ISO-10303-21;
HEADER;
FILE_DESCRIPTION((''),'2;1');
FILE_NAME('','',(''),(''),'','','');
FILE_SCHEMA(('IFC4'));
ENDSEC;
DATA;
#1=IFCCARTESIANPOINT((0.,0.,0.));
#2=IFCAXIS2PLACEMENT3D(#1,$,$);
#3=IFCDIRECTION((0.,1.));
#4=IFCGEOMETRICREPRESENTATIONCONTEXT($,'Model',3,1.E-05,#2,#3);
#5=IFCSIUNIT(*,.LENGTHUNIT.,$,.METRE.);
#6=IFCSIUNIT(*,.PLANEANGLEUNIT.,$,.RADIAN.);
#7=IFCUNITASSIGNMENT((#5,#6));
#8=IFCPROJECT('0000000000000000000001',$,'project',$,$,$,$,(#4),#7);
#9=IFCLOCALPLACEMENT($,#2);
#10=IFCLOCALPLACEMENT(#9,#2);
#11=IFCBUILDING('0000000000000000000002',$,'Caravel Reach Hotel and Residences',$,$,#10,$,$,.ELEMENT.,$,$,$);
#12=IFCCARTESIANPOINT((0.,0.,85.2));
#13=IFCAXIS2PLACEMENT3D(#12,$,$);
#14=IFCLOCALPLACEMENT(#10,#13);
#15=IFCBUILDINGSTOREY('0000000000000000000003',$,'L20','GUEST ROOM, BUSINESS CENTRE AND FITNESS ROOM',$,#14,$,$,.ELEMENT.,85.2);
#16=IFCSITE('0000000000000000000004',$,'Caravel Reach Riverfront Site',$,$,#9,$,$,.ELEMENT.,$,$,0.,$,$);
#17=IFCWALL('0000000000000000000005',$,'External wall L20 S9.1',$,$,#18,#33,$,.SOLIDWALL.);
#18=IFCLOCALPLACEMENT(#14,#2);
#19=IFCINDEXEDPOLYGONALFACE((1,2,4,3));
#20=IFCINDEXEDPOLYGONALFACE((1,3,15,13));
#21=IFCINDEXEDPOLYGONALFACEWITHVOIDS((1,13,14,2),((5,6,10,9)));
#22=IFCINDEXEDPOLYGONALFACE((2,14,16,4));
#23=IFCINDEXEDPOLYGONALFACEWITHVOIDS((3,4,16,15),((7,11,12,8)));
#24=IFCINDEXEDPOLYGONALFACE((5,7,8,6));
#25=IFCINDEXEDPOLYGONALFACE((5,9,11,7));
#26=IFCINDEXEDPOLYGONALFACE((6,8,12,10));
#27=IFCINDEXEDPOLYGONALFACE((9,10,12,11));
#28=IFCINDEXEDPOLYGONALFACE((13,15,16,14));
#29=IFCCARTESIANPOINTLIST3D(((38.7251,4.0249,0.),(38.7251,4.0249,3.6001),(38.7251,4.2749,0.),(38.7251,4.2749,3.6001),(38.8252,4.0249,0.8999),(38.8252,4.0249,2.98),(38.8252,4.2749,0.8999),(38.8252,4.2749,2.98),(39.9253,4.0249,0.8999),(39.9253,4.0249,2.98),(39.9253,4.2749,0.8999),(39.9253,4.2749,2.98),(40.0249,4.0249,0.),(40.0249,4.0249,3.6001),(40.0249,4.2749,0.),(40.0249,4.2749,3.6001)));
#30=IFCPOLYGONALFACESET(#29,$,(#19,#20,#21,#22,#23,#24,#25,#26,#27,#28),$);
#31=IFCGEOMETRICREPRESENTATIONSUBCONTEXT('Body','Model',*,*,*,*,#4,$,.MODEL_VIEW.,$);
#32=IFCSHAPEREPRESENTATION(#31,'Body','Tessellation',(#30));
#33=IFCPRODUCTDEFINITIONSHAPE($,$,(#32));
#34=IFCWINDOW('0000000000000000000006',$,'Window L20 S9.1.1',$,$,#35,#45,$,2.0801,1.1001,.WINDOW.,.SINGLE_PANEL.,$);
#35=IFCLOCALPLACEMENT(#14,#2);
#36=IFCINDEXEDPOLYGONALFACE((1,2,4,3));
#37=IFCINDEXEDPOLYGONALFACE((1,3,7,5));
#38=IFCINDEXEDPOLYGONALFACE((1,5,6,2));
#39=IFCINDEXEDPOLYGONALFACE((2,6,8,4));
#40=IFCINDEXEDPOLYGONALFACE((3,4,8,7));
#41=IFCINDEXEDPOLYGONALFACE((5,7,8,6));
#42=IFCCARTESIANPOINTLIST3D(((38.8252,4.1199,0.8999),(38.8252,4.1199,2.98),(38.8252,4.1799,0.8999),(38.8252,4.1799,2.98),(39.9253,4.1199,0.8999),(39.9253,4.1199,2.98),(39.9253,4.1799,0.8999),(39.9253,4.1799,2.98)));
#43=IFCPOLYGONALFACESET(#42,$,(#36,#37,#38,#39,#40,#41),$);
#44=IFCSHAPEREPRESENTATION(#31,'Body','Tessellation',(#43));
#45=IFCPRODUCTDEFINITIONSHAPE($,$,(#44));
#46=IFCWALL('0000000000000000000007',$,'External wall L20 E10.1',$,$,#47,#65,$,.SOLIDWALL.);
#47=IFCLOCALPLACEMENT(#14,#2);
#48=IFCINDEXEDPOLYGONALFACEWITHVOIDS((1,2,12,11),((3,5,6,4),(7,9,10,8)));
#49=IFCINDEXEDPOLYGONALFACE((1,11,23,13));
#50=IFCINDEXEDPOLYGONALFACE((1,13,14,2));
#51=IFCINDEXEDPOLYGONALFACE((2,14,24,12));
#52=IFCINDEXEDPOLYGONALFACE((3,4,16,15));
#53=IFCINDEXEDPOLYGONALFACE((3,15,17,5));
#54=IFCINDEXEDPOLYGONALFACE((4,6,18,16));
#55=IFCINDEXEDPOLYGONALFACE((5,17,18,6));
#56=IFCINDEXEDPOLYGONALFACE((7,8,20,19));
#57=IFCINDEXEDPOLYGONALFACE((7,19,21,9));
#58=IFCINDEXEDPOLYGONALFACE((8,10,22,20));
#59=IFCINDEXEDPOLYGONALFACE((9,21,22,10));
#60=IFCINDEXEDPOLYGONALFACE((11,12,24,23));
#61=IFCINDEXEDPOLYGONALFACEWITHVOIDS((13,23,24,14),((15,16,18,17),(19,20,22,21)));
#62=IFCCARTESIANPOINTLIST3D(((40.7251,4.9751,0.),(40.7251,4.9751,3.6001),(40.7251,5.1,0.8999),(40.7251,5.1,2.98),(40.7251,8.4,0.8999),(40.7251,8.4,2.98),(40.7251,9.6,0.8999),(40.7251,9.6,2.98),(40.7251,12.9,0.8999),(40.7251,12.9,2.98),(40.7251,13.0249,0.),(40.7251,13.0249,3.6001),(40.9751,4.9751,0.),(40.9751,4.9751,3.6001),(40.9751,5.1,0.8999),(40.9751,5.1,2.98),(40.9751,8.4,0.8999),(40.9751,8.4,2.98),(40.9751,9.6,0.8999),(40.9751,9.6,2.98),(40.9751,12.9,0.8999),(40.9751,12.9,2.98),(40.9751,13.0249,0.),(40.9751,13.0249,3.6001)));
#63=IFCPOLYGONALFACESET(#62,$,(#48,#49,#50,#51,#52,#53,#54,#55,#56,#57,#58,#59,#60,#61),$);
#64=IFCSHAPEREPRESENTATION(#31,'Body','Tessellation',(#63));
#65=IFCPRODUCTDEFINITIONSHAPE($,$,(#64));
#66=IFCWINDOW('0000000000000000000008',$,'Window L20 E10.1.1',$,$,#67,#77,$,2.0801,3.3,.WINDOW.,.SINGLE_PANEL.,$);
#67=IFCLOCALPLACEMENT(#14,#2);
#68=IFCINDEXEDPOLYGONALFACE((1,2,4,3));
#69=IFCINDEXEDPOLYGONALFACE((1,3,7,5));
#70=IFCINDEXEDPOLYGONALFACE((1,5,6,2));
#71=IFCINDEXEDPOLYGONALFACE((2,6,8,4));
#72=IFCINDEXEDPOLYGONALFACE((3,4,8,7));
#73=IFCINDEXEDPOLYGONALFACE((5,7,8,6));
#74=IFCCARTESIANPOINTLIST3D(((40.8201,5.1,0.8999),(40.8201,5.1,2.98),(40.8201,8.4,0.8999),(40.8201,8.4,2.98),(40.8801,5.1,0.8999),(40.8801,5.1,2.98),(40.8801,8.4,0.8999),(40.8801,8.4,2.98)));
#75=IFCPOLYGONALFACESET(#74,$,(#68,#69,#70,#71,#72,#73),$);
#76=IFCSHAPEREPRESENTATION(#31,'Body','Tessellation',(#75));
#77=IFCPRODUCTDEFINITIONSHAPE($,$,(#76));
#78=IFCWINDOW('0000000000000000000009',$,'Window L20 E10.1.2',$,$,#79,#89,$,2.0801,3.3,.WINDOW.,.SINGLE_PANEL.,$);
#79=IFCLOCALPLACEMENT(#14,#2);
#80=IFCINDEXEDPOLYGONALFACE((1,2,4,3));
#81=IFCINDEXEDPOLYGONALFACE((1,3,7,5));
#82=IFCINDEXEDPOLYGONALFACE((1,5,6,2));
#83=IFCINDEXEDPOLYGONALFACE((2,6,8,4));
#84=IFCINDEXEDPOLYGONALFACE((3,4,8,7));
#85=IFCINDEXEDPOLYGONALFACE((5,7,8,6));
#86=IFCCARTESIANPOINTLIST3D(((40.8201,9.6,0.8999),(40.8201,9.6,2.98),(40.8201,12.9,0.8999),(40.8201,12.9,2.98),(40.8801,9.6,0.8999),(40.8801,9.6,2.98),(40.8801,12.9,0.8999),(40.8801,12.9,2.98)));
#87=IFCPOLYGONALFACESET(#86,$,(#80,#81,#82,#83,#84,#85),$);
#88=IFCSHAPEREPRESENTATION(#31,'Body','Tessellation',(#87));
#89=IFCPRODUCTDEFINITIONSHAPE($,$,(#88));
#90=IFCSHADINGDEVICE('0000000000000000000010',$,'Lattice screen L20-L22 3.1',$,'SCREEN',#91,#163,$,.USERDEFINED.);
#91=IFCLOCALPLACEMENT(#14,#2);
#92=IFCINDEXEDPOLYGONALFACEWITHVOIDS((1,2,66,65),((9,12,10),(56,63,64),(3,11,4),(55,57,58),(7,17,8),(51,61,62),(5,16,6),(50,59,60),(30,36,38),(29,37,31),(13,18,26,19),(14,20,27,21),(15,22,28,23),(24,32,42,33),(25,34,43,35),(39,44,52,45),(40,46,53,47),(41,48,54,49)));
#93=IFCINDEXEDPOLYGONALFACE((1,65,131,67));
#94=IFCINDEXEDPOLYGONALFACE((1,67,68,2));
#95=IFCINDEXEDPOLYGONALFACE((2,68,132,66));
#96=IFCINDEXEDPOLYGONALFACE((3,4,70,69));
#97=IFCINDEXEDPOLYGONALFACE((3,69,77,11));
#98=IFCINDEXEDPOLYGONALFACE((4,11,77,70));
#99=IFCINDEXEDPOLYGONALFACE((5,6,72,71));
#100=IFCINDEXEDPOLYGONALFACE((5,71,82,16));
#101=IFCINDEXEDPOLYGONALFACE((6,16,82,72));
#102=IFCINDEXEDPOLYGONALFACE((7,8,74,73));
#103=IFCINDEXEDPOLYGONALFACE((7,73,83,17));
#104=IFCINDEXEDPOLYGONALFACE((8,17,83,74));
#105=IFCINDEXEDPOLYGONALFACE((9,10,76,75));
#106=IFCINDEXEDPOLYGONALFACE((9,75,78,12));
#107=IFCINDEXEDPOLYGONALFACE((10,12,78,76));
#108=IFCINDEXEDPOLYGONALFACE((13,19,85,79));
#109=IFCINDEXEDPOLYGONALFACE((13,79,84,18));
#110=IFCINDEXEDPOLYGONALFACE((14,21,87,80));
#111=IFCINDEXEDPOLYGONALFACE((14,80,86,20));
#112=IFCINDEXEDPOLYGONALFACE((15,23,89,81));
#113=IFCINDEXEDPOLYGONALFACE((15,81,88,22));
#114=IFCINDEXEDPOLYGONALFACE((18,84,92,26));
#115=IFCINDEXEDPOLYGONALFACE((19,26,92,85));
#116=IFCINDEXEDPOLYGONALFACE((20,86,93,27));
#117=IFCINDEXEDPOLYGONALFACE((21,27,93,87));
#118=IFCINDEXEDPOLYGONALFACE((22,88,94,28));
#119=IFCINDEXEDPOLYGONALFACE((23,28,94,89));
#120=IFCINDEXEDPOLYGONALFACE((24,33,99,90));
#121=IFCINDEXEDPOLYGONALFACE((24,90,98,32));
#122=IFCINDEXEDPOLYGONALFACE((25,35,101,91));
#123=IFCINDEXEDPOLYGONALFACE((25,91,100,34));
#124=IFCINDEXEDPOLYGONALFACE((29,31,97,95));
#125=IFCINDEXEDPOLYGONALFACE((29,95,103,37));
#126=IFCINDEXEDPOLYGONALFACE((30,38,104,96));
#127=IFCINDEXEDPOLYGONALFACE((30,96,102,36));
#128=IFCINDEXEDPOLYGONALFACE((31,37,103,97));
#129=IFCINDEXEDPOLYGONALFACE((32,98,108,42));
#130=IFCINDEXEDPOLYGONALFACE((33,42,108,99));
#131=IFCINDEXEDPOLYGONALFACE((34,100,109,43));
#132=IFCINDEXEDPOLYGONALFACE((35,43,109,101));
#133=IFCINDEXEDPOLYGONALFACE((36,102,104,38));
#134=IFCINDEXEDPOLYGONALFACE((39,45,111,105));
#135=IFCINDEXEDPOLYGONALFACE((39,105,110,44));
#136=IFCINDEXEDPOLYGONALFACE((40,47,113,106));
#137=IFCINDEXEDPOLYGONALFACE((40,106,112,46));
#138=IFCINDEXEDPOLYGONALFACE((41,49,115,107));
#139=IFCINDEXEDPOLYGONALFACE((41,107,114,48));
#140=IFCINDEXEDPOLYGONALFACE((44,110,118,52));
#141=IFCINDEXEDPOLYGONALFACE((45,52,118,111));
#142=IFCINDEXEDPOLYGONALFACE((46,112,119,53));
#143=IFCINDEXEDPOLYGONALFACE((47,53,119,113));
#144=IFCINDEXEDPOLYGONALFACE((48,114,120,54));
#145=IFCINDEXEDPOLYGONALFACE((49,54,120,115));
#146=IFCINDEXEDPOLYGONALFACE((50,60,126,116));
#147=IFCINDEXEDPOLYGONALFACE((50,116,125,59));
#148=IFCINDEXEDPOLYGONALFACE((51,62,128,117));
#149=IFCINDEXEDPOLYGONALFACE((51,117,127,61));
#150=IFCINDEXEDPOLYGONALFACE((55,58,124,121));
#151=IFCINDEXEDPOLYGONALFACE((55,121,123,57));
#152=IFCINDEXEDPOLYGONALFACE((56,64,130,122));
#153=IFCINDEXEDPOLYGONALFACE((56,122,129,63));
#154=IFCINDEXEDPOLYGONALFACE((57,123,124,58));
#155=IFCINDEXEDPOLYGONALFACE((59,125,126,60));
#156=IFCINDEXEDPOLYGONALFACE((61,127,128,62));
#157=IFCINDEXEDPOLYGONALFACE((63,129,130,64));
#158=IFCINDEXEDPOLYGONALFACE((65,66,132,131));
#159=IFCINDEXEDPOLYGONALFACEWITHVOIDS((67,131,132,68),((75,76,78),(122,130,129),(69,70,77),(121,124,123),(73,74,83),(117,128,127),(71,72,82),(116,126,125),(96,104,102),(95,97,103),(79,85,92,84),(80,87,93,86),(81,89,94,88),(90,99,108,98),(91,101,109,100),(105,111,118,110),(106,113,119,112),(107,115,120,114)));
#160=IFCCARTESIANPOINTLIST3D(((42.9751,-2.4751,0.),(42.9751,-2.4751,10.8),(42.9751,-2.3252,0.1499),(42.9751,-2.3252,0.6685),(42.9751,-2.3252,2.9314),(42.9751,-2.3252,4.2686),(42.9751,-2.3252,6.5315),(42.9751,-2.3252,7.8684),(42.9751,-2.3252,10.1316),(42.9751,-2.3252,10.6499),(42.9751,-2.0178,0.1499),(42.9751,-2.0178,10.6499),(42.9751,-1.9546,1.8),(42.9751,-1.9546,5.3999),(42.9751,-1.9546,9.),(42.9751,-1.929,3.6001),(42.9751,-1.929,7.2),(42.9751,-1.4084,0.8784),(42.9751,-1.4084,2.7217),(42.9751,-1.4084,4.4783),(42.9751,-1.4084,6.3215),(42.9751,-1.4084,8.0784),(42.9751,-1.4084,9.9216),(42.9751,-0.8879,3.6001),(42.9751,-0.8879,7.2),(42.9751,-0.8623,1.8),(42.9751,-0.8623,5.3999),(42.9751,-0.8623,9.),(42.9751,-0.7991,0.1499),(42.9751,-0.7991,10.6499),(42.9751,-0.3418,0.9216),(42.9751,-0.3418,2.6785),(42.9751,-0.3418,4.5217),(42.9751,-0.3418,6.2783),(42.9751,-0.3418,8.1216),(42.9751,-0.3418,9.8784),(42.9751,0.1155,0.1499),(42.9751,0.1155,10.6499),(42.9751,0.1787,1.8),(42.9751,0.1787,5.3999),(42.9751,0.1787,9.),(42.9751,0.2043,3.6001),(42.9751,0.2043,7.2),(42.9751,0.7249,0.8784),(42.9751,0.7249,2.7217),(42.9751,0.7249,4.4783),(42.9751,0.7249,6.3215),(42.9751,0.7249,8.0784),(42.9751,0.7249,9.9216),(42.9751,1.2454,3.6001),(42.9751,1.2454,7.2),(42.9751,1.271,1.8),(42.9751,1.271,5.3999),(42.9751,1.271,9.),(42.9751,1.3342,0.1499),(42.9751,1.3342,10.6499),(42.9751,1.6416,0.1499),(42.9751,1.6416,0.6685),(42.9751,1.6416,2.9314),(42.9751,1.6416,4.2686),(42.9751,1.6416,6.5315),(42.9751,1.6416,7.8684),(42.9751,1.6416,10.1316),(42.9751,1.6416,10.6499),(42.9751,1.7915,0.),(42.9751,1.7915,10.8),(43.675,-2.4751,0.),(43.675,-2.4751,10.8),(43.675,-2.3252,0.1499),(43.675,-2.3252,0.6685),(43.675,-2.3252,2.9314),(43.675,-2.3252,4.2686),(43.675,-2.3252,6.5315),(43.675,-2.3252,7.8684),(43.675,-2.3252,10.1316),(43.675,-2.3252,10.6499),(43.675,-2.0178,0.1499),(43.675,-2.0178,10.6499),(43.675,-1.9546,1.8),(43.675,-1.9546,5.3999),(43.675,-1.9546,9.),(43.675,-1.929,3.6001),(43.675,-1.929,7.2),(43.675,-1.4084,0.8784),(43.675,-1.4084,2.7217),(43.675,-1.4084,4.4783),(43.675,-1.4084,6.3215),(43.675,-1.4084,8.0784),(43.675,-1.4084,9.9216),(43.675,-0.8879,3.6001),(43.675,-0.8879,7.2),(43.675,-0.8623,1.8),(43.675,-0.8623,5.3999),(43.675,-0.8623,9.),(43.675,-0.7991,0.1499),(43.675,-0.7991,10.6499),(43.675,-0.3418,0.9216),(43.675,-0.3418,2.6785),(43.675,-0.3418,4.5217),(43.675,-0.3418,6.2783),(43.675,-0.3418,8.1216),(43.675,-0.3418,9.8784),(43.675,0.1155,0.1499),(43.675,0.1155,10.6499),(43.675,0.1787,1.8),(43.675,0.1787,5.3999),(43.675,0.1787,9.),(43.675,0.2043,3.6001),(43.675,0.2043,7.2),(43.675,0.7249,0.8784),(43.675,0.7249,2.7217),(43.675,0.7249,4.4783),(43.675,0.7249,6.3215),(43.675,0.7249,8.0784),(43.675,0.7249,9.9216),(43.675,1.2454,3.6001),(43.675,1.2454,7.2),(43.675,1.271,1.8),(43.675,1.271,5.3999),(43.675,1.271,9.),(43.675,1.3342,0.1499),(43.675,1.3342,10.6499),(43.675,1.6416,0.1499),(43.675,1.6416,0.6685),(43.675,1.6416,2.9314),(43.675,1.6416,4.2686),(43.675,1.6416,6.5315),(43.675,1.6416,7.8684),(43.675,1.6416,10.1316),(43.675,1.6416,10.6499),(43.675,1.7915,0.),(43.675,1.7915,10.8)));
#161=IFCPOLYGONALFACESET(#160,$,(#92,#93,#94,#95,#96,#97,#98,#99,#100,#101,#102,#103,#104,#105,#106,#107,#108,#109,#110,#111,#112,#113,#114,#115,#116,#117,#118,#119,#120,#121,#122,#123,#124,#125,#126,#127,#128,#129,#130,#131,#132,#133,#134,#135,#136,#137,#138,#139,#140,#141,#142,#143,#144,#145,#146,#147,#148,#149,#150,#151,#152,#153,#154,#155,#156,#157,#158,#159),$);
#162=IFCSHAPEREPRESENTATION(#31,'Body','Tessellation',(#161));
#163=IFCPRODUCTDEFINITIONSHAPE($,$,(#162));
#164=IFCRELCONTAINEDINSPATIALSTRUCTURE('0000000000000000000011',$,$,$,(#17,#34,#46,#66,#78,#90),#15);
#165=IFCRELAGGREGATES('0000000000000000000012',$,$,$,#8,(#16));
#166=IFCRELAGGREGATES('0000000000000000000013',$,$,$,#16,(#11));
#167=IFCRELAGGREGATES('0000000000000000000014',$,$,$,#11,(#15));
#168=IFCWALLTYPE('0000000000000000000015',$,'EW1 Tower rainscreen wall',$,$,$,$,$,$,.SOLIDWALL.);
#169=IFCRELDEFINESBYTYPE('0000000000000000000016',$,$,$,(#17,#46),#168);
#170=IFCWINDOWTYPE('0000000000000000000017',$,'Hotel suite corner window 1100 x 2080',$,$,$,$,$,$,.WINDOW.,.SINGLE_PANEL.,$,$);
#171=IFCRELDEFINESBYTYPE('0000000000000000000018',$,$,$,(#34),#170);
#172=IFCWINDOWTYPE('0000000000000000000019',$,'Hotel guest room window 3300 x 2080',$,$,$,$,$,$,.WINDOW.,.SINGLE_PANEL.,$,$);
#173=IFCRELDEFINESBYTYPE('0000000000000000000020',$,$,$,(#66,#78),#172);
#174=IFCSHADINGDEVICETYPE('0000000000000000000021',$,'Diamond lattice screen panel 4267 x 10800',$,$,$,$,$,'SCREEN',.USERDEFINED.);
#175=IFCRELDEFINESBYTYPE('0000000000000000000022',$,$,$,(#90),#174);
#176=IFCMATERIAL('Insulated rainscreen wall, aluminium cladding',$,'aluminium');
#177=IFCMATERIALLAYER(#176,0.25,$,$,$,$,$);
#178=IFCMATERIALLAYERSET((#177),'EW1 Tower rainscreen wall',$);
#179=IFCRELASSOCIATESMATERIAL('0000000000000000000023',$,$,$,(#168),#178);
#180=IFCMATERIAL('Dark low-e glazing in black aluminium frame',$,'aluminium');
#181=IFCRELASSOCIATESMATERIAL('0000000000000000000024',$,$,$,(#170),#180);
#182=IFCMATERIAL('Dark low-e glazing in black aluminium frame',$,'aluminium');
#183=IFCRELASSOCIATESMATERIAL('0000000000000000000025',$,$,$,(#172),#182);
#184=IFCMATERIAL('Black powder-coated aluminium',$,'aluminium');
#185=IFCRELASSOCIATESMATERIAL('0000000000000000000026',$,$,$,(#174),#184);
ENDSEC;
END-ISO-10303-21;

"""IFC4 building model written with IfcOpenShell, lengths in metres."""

from ifc_helpers import new_model, si_unit, direction, frame, frame_2d, origin, place, context, subcontext, project, spatial, polyline, rectangle, outline, extrude, material, layer, layer_set, type_object, element, fill, save


model = new_model("IFC4")

# Units and contexts
model_context = context("Model", 3, precision=1e-05, world=origin(), true_north=direction((0.0, 1.0)))
body_context = subcontext(model_context, "Body", "Model", "MODEL_VIEW")
ifc_project = project(units=[si_unit("LENGTHUNIT", "METRE"), si_unit("PLANEANGLEUNIT", "RADIAN")], contexts=[model_context])

# Site, building, storey
site_placement = place(None, origin())
site = spatial("IfcSite", under=ifc_project, at=site_placement, Name="Caravel Reach Riverfront Site", CompositionType="ELEMENT", RefElevation=0.0)
building_placement = place(site_placement, origin())
building = spatial("IfcBuilding", under=site, at=building_placement, Name="Caravel Reach Hotel and Residences", CompositionType="ELEMENT")
storey_placement = place(building_placement, frame((0.0, 0.0, 85.2)))
storey = spatial("IfcBuildingStorey", under=building, at=storey_placement, Name="L20", Description="GUEST ROOM, BUSINESS CENTRE AND FITNESS ROOM", CompositionType="ELEMENT", Elevation=85.2)

# Wall, opening, window
ifc_material_1 = material(Name="Insulated rainscreen wall, aluminium cladding", Category="aluminium")
ifc_layer = layer(ifc_material_1, 0.25)
ifc_layer_set = layer_set([ifc_layer], Name="EW1 Tower rainscreen wall")
wall_type = type_object("IfcWallType", Name="EW1 Tower rainscreen wall", PredefinedType="SOLIDWALL", material=ifc_layer_set)
ifc_material_2 = material(Name="Dark low-e glazing in black aluminium frame", Category="aluminium")
window_type_1 = type_object("IfcWindowType", Name="Hotel suite corner window 1100 x 2080", PartitioningType="SINGLE_PANEL", PredefinedType="WINDOW", material=ifc_material_2)
wall_1_placement = place(storey_placement, frame((38.7251, 4.1499, 0.0), z_axis=(0.0, 0.0, 1.0), x_axis=(1.0, 0.0, 0.0)))
wall_1 = element("IfcWall", 1, at=wall_1_placement, inside=storey, type_object=wall_type, Name="External wall L20 S9.1", PredefinedType="SOLIDWALL", context=body_context, shape_type="SweptSolid", body=[
    extrude(rectangle(XDim=1.2998, YDim=0.25, at=frame_2d((0.6499, 0.0))), origin(), (0.0, 0.0, 1.0), 3.6001),
])
opening_1_placement = place(wall_1_placement, frame((0.1001, 0.0, 0.8999)))
opening_1 = element("IfcOpeningElement", 2, at=opening_1_placement, cuts=wall_1, PredefinedType="OPENING", context=body_context, shape_type="SweptSolid", body=[
    extrude(rectangle(XDim=1.1001, YDim=2.0801, at=frame_2d((0.55, 1.04))), frame((0.0, 0.135, 0.0), z_axis=(0.0, -1.0, 0.0), x_axis=(1.0, 0.0, 0.0)), (0.0, 0.0, 1.0), 0.27),
])
window_1_placement = place(opening_1_placement, origin())
window_1 = element("IfcWindow", 3, at=window_1_placement, inside=storey, type_object=window_type_1, Name="Window L20 S9.1.1", OverallHeight=2.0801, OverallWidth=1.1001, PartitioningType="SINGLE_PANEL", PredefinedType="WINDOW", context=body_context, shape_type="SweptSolid", body=[
    extrude(rectangle(XDim=1.1001, YDim=2.0801, at=frame_2d((0.55, 1.04))), frame((0.0, 0.03, 0.0), z_axis=(0.0, -1.0, 0.0), x_axis=(1.0, 0.0, 0.0)), (0.0, 0.0, 1.0), 0.0601),
])
fill(opening_1, window_1)

# Wall, openings, windows
wall_2_placement = place(storey_placement, frame((40.8501, 4.9751, 0.0), z_axis=(0.0, 0.0, 1.0), x_axis=(0.0, 1.0, 0.0)))
wall_2 = element("IfcWall", 4, at=wall_2_placement, inside=storey, type_object=wall_type, Name="External wall L20 E10.1", PredefinedType="SOLIDWALL", context=body_context, shape_type="SweptSolid", body=[
    extrude(rectangle(XDim=8.0498, YDim=0.25, at=frame_2d((4.0249, 0.0))), origin(), (0.0, 0.0, 1.0), 3.6001),
])
opening_2_placement = place(wall_2_placement, frame((0.125, 0.0, 0.8999)))
opening_2 = element("IfcOpeningElement", 5, at=opening_2_placement, cuts=wall_2, PredefinedType="OPENING", context=body_context, shape_type="SweptSolid", body=[
    extrude(rectangle(XDim=3.3, YDim=2.0801, at=frame_2d((1.6499, 1.04))), frame((0.0, 0.135, 0.0), z_axis=(0.0, -1.0, 0.0), x_axis=(1.0, 0.0, 0.0)), (0.0, 0.0, 1.0), 0.27),
])
opening_3_placement = place(wall_2_placement, frame((4.625, 0.0, 0.8999)))
opening_3 = element("IfcOpeningElement", 6, at=opening_3_placement, cuts=wall_2, PredefinedType="OPENING", context=body_context, shape_type="SweptSolid", body=[
    extrude(rectangle(XDim=3.3, YDim=2.0801, at=frame_2d((1.6499, 1.04))), frame((0.0, 0.135, 0.0), z_axis=(0.0, -1.0, 0.0), x_axis=(1.0, 0.0, 0.0)), (0.0, 0.0, 1.0), 0.27),
])
ifc_material_3 = material(Name="Dark low-e glazing in black aluminium frame", Category="aluminium")
window_type_2 = type_object("IfcWindowType", Name="Hotel guest room window 3300 x 2080", PartitioningType="SINGLE_PANEL", PredefinedType="WINDOW", material=ifc_material_3)
window_2_placement = place(opening_2_placement, origin())
window_2 = element("IfcWindow", 7, at=window_2_placement, inside=storey, type_object=window_type_2, Name="Window L20 E10.1.1", OverallHeight=2.0801, OverallWidth=3.3, PartitioningType="SINGLE_PANEL", PredefinedType="WINDOW", context=body_context, shape_type="SweptSolid", body=[
    extrude(rectangle(XDim=3.3, YDim=2.0801, at=frame_2d((1.6499, 1.04))), frame((0.0, 0.03, 0.0), z_axis=(0.0, -1.0, 0.0), x_axis=(1.0, 0.0, 0.0)), (0.0, 0.0, 1.0), 0.0601),
])
fill(opening_2, window_2)
window_3_placement = place(opening_3_placement, origin())
window_3 = element("IfcWindow", 8, at=window_3_placement, inside=storey, type_object=window_type_2, Name="Window L20 E10.1.2", OverallHeight=2.0801, OverallWidth=3.3, PartitioningType="SINGLE_PANEL", PredefinedType="WINDOW", context=body_context, shape_type="SweptSolid", body=[
    extrude(rectangle(XDim=3.3, YDim=2.0801, at=frame_2d((1.6499, 1.04))), frame((0.0, 0.03, 0.0), z_axis=(0.0, -1.0, 0.0), x_axis=(1.0, 0.0, 0.0)), (0.0, 0.0, 1.0), 0.0601),
])
fill(opening_3, window_3)

# Shading device
ifc_material_4 = material(Name="Black powder-coated aluminium", Category="aluminium")
shading_device_type = type_object("IfcShadingDeviceType", Name="Diamond lattice screen panel 4267 x 10800", ElementType="SCREEN", PredefinedType="USERDEFINED", material=ifc_material_4)
shading_device_1_placement = place(storey_placement, frame((42.9751, -2.4751, 0.0), z_axis=(1.0, 0.0, 0.0), x_axis=(0.0, 1.0, 0.0)))
element("IfcShadingDevice", 9, at=shading_device_1_placement, inside=storey, type_object=shading_device_type, Name="Lattice screen L20-L22 3.1", ObjectType="SCREEN", PredefinedType="USERDEFINED", context=body_context, shape_type="SweptSolid", body=[
    extrude(outline(polyline([(0.0, 0.0), (4.2666, 0.0), (4.2666, 10.8), (0.0, 10.8), (0.0, 0.0)]), holes=[polyline([(0.4573, 0.1499), (0.1499, 0.6685), (0.1499, 0.1499), (0.4573, 0.1499)]), polyline([(0.5461, 3.6001), (0.1499, 4.2686), (0.1499, 2.9314), (0.5461, 3.6001)]), polyline([(0.5461, 7.2), (0.1499, 7.8684), (0.1499, 6.5315), (0.5461, 7.2)]), polyline([(0.1499, 10.1316), (0.4573, 10.6499), (0.1499, 10.6499), (0.1499, 10.1316)]), polyline([(1.0667, 2.7217), (0.5205, 1.8), (1.0667, 0.8784), (1.6128, 1.8), (1.0667, 2.7217)]), polyline([(1.0667, 6.3215), (0.5205, 5.3999), (1.0667, 4.4783), (1.6128, 5.3999), (1.0667, 6.3215)]), polyline([(1.0667, 9.9216), (0.5205, 9.0), (1.0667, 8.0784), (1.6128, 9.0), (1.0667, 9.9216)]), polyline([(2.1333, 0.9216), (1.676, 0.1499), (2.5906, 0.1499), (2.1333, 0.9216)]), polyline([(2.1333, 4.5217), (1.5872, 3.6001), (2.1333, 2.6785), (2.6794, 3.6001), (2.1333, 4.5217)]), polyline([(2.1333, 8.1216), (1.5872, 7.2), (2.1333, 6.2783), (2.6794, 7.2), (2.1333, 8.1216)]), polyline([(2.1333, 9.8784), (2.5906, 10.6499), (1.676, 10.6499), (2.1333, 9.8784)]), polyline([(3.2, 2.7217), (2.6538, 1.8), (3.2, 0.8784), (3.7461, 1.8), (3.2, 2.7217)]), polyline([(3.2, 6.3215), (2.6538, 5.3999), (3.2, 4.4783), (3.7461, 5.3999), (3.2, 6.3215)]), polyline([(3.2, 9.9216), (2.6538, 9.0), (3.2, 8.0784), (3.7461, 9.0), (3.2, 9.9216)]), polyline([(4.1167, 0.6685), (3.8093, 0.1499), (4.1167, 0.1499), (4.1167, 0.6685)]), polyline([(3.7205, 3.6001), (4.1167, 2.9314), (4.1167, 4.2686), (3.7205, 3.6001)]), polyline([(3.7205, 7.2), (4.1167, 6.5315), (4.1167, 7.8684), (3.7205, 7.2)]), polyline([(3.8093, 10.6499), (4.1167, 10.1316), (4.1167, 10.6499), (3.8093, 10.6499)])]), origin(), (0.0, 0.0, 1.0), 0.7),
])

save(model, "model.ifc")
